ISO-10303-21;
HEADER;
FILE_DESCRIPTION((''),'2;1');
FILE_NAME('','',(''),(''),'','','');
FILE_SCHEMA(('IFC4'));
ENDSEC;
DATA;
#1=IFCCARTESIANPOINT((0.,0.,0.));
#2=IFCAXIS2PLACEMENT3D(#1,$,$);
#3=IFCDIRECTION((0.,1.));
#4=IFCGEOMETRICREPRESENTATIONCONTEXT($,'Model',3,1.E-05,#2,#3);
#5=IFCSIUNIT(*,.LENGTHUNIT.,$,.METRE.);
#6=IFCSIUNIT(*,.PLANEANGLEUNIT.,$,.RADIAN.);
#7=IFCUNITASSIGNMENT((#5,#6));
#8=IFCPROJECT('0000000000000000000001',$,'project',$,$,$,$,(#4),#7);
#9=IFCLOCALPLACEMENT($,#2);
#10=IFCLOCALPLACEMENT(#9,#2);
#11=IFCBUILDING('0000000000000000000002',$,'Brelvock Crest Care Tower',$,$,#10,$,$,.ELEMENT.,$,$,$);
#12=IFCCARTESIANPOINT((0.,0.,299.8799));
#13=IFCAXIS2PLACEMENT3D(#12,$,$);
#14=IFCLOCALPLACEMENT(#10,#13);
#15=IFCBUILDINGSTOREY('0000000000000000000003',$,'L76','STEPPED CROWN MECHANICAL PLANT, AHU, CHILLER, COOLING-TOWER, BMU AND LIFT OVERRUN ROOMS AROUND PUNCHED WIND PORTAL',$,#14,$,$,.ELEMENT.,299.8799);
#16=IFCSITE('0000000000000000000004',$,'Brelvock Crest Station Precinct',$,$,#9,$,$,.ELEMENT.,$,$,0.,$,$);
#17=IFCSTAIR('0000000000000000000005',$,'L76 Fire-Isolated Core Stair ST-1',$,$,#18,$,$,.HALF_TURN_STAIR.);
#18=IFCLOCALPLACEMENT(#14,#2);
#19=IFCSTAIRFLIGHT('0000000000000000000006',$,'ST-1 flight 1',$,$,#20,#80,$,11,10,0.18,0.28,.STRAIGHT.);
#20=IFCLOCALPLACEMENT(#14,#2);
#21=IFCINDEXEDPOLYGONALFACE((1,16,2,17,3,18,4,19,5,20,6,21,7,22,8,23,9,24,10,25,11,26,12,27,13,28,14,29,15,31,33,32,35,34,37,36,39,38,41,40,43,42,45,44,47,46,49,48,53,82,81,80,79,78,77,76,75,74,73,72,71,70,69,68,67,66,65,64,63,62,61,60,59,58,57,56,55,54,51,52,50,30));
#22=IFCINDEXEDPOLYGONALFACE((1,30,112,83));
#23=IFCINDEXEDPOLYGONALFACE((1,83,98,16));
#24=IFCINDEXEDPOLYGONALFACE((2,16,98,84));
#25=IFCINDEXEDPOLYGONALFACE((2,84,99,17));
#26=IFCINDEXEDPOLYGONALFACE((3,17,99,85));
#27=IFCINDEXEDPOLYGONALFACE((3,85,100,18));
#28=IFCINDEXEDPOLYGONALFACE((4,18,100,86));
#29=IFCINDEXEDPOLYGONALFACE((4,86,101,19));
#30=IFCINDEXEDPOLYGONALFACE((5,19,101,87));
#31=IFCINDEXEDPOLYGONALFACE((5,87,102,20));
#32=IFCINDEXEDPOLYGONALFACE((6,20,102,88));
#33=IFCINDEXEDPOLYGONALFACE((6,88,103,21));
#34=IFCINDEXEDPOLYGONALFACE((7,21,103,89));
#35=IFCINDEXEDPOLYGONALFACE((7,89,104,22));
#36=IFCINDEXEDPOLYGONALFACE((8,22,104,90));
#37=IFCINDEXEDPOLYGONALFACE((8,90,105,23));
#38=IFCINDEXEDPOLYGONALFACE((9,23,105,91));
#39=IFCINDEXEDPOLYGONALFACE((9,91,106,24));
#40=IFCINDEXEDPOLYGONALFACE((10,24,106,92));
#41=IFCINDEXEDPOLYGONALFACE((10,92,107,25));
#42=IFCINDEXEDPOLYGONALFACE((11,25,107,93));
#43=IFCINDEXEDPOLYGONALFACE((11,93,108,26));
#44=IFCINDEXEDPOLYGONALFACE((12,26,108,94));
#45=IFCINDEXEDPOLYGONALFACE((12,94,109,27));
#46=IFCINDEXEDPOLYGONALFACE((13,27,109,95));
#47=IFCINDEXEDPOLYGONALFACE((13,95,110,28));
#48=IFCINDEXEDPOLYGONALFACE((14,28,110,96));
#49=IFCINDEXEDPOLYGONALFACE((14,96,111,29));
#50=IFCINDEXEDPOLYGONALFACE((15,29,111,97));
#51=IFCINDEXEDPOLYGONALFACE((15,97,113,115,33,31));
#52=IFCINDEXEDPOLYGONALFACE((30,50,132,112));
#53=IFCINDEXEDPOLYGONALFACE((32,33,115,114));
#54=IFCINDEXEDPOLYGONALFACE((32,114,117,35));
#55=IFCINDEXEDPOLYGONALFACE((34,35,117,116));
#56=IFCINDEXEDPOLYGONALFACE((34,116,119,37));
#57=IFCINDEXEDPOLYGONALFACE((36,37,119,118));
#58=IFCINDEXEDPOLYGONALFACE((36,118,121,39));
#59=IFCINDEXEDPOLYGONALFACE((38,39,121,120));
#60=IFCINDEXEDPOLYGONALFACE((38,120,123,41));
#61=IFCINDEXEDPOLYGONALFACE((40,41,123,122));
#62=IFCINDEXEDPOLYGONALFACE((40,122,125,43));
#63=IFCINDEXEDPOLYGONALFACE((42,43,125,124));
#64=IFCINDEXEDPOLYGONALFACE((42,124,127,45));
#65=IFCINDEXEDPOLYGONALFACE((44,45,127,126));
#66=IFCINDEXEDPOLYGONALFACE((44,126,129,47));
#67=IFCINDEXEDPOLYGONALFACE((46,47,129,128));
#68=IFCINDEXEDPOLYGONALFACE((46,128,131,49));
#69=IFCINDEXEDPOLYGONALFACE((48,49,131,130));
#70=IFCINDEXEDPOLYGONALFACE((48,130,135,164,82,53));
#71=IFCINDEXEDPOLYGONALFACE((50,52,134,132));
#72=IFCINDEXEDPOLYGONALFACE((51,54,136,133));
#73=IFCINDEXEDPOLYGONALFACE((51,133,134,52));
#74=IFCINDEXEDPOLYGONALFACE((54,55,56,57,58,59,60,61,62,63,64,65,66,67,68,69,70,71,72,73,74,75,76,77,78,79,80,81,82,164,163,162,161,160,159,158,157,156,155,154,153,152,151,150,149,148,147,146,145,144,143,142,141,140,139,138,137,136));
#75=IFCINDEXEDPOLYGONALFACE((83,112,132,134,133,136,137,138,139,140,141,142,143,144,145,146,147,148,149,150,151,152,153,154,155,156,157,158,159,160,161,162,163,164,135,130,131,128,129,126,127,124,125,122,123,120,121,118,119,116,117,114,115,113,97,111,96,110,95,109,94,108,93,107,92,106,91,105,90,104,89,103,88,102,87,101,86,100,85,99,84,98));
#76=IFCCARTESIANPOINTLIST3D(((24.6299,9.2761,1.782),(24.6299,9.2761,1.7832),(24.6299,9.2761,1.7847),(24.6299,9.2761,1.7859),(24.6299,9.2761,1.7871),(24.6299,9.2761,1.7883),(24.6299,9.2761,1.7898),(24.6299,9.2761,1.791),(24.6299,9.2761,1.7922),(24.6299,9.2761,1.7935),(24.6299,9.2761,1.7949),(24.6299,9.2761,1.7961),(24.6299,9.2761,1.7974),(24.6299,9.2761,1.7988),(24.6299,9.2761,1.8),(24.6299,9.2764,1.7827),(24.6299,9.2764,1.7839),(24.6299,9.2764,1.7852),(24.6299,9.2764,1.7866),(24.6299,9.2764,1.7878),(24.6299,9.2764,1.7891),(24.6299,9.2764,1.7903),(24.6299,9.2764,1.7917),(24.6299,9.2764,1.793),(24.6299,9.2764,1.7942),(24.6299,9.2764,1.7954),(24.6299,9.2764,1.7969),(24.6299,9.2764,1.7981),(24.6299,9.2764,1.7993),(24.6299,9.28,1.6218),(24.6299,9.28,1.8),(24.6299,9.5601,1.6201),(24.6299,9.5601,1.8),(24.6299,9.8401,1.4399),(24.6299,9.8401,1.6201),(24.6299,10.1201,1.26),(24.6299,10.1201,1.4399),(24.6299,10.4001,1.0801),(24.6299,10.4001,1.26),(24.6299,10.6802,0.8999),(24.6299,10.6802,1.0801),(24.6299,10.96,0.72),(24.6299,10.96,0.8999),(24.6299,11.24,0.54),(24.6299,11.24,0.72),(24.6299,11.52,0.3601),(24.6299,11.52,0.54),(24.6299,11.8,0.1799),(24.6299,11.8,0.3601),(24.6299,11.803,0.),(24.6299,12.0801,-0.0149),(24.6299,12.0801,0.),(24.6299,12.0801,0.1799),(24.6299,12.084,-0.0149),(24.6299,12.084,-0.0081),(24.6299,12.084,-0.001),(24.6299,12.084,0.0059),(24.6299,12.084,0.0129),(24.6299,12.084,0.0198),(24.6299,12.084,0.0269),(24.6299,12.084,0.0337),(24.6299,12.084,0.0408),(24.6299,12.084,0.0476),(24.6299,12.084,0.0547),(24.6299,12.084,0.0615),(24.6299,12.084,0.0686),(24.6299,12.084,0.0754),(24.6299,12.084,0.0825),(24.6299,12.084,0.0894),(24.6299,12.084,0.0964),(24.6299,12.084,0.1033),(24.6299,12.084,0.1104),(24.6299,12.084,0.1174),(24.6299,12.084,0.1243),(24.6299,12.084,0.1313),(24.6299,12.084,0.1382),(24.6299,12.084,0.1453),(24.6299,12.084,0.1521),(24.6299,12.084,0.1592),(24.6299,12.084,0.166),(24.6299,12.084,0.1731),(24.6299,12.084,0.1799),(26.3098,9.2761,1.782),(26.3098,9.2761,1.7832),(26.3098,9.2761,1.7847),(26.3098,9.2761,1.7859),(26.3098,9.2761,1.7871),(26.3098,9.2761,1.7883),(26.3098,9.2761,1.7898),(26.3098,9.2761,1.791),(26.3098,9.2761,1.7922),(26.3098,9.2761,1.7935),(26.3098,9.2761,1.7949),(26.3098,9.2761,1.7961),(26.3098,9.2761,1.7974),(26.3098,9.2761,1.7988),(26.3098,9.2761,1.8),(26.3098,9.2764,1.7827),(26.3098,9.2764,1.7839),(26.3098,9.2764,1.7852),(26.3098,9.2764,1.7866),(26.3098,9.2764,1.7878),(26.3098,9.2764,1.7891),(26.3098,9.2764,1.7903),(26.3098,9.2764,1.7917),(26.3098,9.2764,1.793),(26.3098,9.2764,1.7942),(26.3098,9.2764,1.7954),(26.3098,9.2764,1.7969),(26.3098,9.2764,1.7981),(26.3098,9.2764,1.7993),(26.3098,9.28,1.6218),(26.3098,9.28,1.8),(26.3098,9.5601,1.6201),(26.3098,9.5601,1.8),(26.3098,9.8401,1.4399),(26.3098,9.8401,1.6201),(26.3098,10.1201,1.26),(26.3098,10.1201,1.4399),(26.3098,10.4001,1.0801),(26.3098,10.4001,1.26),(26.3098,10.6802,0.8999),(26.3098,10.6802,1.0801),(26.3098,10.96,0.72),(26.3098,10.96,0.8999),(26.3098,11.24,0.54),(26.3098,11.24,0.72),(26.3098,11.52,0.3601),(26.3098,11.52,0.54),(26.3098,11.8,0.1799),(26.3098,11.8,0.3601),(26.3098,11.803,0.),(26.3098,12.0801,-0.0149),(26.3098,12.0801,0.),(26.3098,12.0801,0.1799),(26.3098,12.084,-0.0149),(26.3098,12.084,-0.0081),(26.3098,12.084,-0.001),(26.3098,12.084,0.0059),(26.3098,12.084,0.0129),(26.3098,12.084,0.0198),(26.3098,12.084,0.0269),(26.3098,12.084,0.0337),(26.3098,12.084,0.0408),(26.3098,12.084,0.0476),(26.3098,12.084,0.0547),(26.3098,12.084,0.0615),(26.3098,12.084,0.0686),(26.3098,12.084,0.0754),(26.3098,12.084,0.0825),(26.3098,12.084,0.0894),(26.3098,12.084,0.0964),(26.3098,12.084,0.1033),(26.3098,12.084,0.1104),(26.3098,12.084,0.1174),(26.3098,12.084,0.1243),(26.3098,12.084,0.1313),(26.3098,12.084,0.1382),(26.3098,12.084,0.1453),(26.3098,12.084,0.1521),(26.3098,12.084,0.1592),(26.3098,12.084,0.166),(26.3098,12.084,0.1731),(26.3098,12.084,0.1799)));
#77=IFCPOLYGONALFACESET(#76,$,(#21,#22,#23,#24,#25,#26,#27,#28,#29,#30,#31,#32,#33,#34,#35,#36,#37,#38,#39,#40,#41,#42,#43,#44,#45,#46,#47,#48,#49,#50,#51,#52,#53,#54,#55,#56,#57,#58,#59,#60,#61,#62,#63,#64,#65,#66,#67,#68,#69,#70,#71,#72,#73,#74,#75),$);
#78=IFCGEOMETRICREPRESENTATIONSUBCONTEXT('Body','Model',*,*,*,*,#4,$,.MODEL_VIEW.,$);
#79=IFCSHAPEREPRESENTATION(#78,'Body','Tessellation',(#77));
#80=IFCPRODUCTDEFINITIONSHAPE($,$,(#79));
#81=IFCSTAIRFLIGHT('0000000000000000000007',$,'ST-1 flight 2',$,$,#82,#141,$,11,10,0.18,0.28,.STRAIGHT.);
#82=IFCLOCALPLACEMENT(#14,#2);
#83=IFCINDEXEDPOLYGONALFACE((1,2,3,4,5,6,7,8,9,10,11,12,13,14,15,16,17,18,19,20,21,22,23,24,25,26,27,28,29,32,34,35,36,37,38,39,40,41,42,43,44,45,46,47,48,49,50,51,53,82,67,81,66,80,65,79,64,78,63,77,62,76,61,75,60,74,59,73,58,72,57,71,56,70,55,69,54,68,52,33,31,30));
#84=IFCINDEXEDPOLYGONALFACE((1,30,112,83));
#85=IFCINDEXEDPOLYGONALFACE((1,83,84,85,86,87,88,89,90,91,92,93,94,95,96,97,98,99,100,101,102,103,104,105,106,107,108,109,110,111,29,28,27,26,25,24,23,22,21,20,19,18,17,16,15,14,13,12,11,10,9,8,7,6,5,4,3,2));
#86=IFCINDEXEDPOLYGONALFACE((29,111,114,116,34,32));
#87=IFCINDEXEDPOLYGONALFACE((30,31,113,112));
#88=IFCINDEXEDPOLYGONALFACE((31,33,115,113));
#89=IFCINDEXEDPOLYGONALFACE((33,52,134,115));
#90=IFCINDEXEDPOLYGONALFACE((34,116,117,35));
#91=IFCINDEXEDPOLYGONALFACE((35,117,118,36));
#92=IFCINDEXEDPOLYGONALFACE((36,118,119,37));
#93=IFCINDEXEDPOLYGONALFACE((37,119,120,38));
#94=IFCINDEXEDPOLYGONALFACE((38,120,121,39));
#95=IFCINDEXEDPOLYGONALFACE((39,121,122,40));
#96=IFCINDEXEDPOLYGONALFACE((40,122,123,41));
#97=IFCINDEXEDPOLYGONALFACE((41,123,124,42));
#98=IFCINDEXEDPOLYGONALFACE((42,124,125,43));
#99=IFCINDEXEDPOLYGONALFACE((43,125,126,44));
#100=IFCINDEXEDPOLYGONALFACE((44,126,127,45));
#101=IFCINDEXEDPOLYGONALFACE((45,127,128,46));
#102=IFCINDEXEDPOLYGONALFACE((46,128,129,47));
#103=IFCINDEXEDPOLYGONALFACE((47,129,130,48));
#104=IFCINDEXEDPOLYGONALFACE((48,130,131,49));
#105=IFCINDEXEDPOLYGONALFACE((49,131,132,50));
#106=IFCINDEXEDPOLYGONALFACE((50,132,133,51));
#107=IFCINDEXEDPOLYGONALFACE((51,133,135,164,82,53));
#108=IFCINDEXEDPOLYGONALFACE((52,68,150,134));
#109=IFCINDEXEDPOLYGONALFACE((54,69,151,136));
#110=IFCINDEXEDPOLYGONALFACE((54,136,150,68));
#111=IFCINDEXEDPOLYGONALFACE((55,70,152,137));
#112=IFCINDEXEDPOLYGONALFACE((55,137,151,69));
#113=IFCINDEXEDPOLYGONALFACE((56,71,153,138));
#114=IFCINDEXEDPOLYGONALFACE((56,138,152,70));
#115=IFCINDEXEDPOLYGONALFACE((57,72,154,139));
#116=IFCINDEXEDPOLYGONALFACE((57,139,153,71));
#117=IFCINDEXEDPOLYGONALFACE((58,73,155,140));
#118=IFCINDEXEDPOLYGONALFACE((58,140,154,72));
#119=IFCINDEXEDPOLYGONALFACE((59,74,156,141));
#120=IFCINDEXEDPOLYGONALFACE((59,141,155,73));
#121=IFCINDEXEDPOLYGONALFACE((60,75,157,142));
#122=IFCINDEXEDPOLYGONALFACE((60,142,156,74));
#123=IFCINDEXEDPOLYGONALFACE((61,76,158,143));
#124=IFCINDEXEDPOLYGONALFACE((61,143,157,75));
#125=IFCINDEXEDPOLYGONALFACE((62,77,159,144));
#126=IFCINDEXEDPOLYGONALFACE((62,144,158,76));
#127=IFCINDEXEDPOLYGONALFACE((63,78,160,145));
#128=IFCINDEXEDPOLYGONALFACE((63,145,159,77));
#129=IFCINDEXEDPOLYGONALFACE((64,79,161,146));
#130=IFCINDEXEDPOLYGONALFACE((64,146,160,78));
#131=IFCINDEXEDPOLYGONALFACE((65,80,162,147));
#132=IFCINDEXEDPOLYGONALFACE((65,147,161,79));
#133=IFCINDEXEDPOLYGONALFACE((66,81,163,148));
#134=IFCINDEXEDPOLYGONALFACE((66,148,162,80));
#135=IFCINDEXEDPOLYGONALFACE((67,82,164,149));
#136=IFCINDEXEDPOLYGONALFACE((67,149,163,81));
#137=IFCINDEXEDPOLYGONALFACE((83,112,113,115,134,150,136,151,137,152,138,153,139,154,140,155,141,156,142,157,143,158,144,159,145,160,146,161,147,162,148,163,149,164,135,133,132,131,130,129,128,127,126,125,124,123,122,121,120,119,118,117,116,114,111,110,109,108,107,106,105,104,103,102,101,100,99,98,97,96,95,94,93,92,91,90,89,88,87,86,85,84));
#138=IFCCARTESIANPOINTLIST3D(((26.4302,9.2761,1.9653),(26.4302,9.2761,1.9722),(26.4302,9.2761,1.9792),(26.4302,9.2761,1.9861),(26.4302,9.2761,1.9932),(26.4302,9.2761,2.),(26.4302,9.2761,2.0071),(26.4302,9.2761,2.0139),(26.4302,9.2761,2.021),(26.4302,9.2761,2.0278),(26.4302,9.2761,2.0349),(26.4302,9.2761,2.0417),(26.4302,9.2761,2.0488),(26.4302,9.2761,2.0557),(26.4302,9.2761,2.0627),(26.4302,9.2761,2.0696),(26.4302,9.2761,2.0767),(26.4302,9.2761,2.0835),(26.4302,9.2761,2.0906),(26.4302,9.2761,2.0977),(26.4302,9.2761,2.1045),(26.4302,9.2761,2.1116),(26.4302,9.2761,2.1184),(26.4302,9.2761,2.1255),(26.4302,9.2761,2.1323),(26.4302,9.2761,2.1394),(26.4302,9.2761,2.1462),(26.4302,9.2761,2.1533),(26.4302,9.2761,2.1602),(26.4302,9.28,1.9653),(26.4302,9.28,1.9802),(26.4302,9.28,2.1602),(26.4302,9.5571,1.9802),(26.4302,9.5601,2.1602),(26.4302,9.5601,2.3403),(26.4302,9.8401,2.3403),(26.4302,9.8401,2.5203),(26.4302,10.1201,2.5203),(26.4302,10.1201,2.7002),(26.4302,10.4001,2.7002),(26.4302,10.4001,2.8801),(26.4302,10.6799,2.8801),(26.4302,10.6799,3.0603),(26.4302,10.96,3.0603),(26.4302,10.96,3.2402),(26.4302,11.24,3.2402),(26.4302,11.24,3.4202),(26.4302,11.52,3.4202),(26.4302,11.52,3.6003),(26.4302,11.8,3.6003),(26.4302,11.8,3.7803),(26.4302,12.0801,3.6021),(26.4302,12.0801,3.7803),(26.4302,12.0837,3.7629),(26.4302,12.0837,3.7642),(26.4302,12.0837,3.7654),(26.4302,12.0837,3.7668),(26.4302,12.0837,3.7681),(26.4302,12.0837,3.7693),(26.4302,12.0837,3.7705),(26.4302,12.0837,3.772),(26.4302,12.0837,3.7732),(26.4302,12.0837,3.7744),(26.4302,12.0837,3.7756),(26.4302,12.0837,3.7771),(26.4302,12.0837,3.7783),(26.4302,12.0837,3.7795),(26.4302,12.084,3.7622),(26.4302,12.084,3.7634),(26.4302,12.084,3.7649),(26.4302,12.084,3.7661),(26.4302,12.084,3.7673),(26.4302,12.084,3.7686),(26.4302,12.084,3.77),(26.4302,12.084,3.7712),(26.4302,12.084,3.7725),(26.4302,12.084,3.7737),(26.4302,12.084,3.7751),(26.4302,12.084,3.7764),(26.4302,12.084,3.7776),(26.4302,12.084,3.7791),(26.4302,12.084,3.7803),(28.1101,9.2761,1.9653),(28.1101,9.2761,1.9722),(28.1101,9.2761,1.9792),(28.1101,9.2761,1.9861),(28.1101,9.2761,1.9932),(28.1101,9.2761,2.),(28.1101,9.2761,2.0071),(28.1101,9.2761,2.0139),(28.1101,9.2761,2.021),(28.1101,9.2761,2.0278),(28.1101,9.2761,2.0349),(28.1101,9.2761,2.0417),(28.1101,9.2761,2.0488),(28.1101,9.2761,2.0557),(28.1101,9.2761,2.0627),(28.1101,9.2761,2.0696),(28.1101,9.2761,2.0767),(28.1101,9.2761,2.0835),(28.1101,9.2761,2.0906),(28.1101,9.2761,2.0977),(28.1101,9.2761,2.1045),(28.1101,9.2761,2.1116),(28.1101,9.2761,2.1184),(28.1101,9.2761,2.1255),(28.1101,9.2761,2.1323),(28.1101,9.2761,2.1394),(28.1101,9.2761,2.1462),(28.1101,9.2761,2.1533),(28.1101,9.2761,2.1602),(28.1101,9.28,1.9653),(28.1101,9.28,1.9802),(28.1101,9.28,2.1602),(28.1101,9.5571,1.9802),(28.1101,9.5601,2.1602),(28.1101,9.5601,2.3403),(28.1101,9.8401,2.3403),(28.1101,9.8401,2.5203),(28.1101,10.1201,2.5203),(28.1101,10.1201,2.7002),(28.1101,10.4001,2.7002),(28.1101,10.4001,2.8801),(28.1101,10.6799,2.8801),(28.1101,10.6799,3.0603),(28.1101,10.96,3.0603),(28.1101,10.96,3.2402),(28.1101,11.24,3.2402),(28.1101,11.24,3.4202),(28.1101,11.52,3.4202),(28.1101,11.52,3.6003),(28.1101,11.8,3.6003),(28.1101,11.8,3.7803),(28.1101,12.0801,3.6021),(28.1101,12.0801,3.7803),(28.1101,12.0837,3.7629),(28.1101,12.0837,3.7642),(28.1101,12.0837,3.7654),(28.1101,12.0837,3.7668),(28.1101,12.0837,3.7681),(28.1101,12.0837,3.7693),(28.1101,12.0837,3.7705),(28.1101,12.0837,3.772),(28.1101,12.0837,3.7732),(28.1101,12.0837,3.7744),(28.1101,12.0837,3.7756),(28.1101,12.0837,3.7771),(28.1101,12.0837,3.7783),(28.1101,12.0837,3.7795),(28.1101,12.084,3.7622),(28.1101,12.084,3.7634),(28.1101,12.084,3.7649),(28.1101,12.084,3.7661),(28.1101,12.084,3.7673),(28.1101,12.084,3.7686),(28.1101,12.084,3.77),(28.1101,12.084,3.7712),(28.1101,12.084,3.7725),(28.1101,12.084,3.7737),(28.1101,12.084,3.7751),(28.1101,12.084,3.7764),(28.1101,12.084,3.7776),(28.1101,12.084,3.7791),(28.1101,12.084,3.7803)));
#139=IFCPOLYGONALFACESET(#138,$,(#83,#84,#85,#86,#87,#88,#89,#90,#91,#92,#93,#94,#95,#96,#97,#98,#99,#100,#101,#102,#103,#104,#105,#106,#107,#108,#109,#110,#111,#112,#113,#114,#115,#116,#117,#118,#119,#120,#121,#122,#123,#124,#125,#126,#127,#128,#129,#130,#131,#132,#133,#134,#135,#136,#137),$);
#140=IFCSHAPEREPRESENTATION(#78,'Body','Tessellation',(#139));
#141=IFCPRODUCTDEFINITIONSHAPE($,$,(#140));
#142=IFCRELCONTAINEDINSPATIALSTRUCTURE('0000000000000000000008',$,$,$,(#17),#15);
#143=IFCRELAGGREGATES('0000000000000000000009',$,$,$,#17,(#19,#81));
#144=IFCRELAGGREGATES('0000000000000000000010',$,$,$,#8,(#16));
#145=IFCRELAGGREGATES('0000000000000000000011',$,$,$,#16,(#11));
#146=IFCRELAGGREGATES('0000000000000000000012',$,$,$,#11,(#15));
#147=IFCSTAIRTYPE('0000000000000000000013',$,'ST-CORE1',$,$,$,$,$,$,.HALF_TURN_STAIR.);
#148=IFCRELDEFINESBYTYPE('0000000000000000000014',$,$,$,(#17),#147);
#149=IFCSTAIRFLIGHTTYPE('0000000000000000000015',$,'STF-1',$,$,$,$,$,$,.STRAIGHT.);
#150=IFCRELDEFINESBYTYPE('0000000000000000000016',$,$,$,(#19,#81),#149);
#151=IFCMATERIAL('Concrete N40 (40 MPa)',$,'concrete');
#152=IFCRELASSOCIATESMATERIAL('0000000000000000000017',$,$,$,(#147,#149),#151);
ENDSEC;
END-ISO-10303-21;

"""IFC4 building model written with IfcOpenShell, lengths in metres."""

from ifc_helpers import new_model, si_unit, direction, frame, origin, place, context, subcontext, project, spatial, polyline, outline, extrude, material, type_object, element, aggregate, save


model = new_model("IFC4")

# Units and contexts
model_context = context("Model", 3, precision=1e-05, world=origin(), true_north=direction((0.0, 1.0)))
body_context = subcontext(model_context, "Body", "Model", "MODEL_VIEW")
ifc_project = project(units=[si_unit("LENGTHUNIT", "METRE"), si_unit("PLANEANGLEUNIT", "RADIAN")], contexts=[model_context])

# Site, building, storey
site_placement = place(None, origin())
site = spatial("IfcSite", under=ifc_project, at=site_placement, Name="Brelvock Crest Station Precinct", CompositionType="ELEMENT", RefElevation=0.0)
building_placement = place(site_placement, origin())
building = spatial("IfcBuilding", under=site, at=building_placement, Name="Brelvock Crest Care Tower", CompositionType="ELEMENT")
storey_placement = place(building_placement, frame((0.0, 0.0, 299.8799)))
storey = spatial("IfcBuildingStorey", under=building, at=storey_placement, Name="L76", Description="STEPPED CROWN MECHANICAL PLANT, AHU, CHILLER, COOLING-TOWER, BMU AND LIFT OVERRUN ROOMS AROUND PUNCHED WIND PORTAL", CompositionType="ELEMENT", Elevation=299.8799)

# Stair
ifc_material_1 = material(Name="Concrete N40 (40 MPa)", Category="concrete")
stair_type = type_object("IfcStairType", Name="ST-CORE1", PredefinedType="HALF_TURN_STAIR", material=ifc_material_1)
stair_1_placement = place(storey_placement, origin())
stair_1 = element("IfcStair", 1, at=stair_1_placement, inside=storey, type_object=stair_type, Name="L76 Fire-Isolated Core Stair ST-1", PredefinedType="HALF_TURN_STAIR")

# Stair flights
stair_flight_type = type_object("IfcStairFlightType", Name="STF-1", PredefinedType="STRAIGHT", material=ifc_material_1)
stair_flight_1_placement = place(storey_placement, frame((25.47, 12.0801, 0.0), z_axis=(0.0, 0.0, 1.0), x_axis=(0.0, -1.0, 0.0)))
stair_flight_1 = element("IfcStairFlight", 2, at=stair_flight_1_placement, type_object=stair_flight_type, Name="ST-1 flight 1", NumberOfRisers=11, NumberOfTreads=10, PredefinedType="STRAIGHT", RiserHeight=0.18, TreadLength=0.28, context=body_context, shape_type="SweptSolid", body=[
    extrude(outline(polyline([(-0.0039, -0.0149), (-0.0039, -0.0081), (-0.0039, -0.001), (-0.0039, 0.0059), (-0.0039, 0.0129), (-0.0039, 0.0198), (-0.0039, 0.0269), (-0.0039, 0.0337), (-0.0039, 0.0408), (-0.0039, 0.0476), (-0.0039, 0.0547), (-0.0039, 0.0615), (-0.0039, 0.0686), (-0.0039, 0.0754), (-0.0039, 0.0825), (-0.0039, 0.0894), (-0.0039, 0.0964), (-0.0039, 0.1033), (-0.0039, 0.1104), (-0.0039, 0.1174), (-0.0039, 0.1243), (-0.0039, 0.1313), (-0.0039, 0.1382), (-0.0039, 0.1453), (-0.0039, 0.1521), (-0.0039, 0.1592), (-0.0039, 0.166), (-0.0039, 0.1731), (-0.0039, 0.1799), (0.0, 0.1799), (0.28, 0.1799), (0.28, 0.3601), (0.5601, 0.3601), (0.5601, 0.54), (0.8401, 0.54), (0.8401, 0.72), (1.1201, 0.72), (1.1201, 0.8999), (1.3999, 0.8999), (1.3999, 1.0801), (1.6799, 1.0801), (1.6799, 1.26), (1.96, 1.26), (1.96, 1.4399), (2.24, 1.4399), (2.24, 1.6201), (2.52, 1.6201), (2.52, 1.8), (2.8, 1.8), (2.804, 1.8), (2.8037, 1.7993), (2.804, 1.7988), (2.8037, 1.7981), (2.804, 1.7974), (2.8037, 1.7969), (2.804, 1.7961), (2.8037, 1.7954), (2.804, 1.7949), (2.8037, 1.7942), (2.804, 1.7935), (2.8037, 1.793), (2.804, 1.7922), (2.8037, 1.7917), (2.804, 1.791), (2.8037, 1.7903), (2.804, 1.7898), (2.8037, 1.7891), (2.804, 1.7883), (2.8037, 1.7878), (2.804, 1.7871), (2.8037, 1.7866), (2.804, 1.7859), (2.8037, 1.7852), (2.804, 1.7847), (2.8037, 1.7839), (2.804, 1.7832), (2.8037, 1.7827), (2.804, 1.782), (2.8, 1.6218), (0.2771, 0.0), (0.0, 0.0), (0.0, -0.0149), (-0.0039, -0.0149)])), frame((0.0, 0.8398, 0.0), z_axis=(0.0, -1.0, 0.0), x_axis=(1.0, 0.0, 0.0)), (0.0, 0.0, 1.0), 1.6799),
])
stair_flight_2_placement = place(storey_placement, frame((27.27, 9.28, 1.9802), z_axis=(0.0, 0.0, 1.0), x_axis=(0.0, 1.0, 0.0)))
stair_flight_2 = element("IfcStairFlight", 3, at=stair_flight_2_placement, type_object=stair_flight_type, Name="ST-1 flight 2", NumberOfRisers=11, NumberOfTreads=10, PredefinedType="STRAIGHT", RiserHeight=0.18, TreadLength=0.28, context=body_context, shape_type="SweptSolid", body=[
    extrude(outline(polyline([(-0.0039, -0.0149), (-0.0039, -0.0081), (-0.0039, -0.001), (-0.0039, 0.0059), (-0.0039, 0.0129), (-0.0039, 0.0198), (-0.0039, 0.0269), (-0.0039, 0.0337), (-0.0039, 0.0408), (-0.0039, 0.0476), (-0.0039, 0.0547), (-0.0039, 0.0615), (-0.0039, 0.0686), (-0.0039, 0.0754), (-0.0039, 0.0825), (-0.0039, 0.0894), (-0.0039, 0.0964), (-0.0039, 0.1033), (-0.0039, 0.1104), (-0.0039, 0.1174), (-0.0039, 0.1243), (-0.0039, 0.1313), (-0.0039, 0.1382), (-0.0039, 0.1453), (-0.0039, 0.1521), (-0.0039, 0.1592), (-0.0039, 0.166), (-0.0039, 0.1731), (-0.0039, 0.1799), (0.0, 0.1799), (0.28, 0.1799), (0.28, 0.3601), (0.5601, 0.3601), (0.5601, 0.54), (0.8401, 0.54), (0.8401, 0.72), (1.1201, 0.72), (1.1201, 0.8999), (1.3999, 0.8999), (1.3999, 1.0801), (1.6799, 1.0801), (1.6799, 1.26), (1.96, 1.26), (1.96, 1.4399), (2.24, 1.4399), (2.24, 1.6201), (2.52, 1.6201), (2.52, 1.8), (2.8, 1.8), (2.804, 1.8), (2.8037, 1.7993), (2.804, 1.7988), (2.8037, 1.7981), (2.804, 1.7974), (2.8037, 1.7969), (2.804, 1.7961), (2.8037, 1.7954), (2.804, 1.7949), (2.8037, 1.7942), (2.804, 1.7935), (2.8037, 1.793), (2.804, 1.7922), (2.8037, 1.7917), (2.804, 1.791), (2.8037, 1.7903), (2.804, 1.7898), (2.8037, 1.7891), (2.804, 1.7883), (2.8037, 1.7878), (2.804, 1.7871), (2.8037, 1.7866), (2.804, 1.7859), (2.8037, 1.7852), (2.804, 1.7847), (2.8037, 1.7839), (2.804, 1.7832), (2.8037, 1.7827), (2.804, 1.782), (2.8, 1.6218), (0.2771, 0.0), (0.0, 0.0), (0.0, -0.0149), (-0.0039, -0.0149)])), frame((0.0, 0.8398, 0.0), z_axis=(0.0, -1.0, 0.0), x_axis=(1.0, 0.0, 0.0)), (0.0, 0.0, 1.0), 1.6799),
])
aggregate(stair_1, [stair_flight_1, stair_flight_2])

save(model, "model.ifc")
